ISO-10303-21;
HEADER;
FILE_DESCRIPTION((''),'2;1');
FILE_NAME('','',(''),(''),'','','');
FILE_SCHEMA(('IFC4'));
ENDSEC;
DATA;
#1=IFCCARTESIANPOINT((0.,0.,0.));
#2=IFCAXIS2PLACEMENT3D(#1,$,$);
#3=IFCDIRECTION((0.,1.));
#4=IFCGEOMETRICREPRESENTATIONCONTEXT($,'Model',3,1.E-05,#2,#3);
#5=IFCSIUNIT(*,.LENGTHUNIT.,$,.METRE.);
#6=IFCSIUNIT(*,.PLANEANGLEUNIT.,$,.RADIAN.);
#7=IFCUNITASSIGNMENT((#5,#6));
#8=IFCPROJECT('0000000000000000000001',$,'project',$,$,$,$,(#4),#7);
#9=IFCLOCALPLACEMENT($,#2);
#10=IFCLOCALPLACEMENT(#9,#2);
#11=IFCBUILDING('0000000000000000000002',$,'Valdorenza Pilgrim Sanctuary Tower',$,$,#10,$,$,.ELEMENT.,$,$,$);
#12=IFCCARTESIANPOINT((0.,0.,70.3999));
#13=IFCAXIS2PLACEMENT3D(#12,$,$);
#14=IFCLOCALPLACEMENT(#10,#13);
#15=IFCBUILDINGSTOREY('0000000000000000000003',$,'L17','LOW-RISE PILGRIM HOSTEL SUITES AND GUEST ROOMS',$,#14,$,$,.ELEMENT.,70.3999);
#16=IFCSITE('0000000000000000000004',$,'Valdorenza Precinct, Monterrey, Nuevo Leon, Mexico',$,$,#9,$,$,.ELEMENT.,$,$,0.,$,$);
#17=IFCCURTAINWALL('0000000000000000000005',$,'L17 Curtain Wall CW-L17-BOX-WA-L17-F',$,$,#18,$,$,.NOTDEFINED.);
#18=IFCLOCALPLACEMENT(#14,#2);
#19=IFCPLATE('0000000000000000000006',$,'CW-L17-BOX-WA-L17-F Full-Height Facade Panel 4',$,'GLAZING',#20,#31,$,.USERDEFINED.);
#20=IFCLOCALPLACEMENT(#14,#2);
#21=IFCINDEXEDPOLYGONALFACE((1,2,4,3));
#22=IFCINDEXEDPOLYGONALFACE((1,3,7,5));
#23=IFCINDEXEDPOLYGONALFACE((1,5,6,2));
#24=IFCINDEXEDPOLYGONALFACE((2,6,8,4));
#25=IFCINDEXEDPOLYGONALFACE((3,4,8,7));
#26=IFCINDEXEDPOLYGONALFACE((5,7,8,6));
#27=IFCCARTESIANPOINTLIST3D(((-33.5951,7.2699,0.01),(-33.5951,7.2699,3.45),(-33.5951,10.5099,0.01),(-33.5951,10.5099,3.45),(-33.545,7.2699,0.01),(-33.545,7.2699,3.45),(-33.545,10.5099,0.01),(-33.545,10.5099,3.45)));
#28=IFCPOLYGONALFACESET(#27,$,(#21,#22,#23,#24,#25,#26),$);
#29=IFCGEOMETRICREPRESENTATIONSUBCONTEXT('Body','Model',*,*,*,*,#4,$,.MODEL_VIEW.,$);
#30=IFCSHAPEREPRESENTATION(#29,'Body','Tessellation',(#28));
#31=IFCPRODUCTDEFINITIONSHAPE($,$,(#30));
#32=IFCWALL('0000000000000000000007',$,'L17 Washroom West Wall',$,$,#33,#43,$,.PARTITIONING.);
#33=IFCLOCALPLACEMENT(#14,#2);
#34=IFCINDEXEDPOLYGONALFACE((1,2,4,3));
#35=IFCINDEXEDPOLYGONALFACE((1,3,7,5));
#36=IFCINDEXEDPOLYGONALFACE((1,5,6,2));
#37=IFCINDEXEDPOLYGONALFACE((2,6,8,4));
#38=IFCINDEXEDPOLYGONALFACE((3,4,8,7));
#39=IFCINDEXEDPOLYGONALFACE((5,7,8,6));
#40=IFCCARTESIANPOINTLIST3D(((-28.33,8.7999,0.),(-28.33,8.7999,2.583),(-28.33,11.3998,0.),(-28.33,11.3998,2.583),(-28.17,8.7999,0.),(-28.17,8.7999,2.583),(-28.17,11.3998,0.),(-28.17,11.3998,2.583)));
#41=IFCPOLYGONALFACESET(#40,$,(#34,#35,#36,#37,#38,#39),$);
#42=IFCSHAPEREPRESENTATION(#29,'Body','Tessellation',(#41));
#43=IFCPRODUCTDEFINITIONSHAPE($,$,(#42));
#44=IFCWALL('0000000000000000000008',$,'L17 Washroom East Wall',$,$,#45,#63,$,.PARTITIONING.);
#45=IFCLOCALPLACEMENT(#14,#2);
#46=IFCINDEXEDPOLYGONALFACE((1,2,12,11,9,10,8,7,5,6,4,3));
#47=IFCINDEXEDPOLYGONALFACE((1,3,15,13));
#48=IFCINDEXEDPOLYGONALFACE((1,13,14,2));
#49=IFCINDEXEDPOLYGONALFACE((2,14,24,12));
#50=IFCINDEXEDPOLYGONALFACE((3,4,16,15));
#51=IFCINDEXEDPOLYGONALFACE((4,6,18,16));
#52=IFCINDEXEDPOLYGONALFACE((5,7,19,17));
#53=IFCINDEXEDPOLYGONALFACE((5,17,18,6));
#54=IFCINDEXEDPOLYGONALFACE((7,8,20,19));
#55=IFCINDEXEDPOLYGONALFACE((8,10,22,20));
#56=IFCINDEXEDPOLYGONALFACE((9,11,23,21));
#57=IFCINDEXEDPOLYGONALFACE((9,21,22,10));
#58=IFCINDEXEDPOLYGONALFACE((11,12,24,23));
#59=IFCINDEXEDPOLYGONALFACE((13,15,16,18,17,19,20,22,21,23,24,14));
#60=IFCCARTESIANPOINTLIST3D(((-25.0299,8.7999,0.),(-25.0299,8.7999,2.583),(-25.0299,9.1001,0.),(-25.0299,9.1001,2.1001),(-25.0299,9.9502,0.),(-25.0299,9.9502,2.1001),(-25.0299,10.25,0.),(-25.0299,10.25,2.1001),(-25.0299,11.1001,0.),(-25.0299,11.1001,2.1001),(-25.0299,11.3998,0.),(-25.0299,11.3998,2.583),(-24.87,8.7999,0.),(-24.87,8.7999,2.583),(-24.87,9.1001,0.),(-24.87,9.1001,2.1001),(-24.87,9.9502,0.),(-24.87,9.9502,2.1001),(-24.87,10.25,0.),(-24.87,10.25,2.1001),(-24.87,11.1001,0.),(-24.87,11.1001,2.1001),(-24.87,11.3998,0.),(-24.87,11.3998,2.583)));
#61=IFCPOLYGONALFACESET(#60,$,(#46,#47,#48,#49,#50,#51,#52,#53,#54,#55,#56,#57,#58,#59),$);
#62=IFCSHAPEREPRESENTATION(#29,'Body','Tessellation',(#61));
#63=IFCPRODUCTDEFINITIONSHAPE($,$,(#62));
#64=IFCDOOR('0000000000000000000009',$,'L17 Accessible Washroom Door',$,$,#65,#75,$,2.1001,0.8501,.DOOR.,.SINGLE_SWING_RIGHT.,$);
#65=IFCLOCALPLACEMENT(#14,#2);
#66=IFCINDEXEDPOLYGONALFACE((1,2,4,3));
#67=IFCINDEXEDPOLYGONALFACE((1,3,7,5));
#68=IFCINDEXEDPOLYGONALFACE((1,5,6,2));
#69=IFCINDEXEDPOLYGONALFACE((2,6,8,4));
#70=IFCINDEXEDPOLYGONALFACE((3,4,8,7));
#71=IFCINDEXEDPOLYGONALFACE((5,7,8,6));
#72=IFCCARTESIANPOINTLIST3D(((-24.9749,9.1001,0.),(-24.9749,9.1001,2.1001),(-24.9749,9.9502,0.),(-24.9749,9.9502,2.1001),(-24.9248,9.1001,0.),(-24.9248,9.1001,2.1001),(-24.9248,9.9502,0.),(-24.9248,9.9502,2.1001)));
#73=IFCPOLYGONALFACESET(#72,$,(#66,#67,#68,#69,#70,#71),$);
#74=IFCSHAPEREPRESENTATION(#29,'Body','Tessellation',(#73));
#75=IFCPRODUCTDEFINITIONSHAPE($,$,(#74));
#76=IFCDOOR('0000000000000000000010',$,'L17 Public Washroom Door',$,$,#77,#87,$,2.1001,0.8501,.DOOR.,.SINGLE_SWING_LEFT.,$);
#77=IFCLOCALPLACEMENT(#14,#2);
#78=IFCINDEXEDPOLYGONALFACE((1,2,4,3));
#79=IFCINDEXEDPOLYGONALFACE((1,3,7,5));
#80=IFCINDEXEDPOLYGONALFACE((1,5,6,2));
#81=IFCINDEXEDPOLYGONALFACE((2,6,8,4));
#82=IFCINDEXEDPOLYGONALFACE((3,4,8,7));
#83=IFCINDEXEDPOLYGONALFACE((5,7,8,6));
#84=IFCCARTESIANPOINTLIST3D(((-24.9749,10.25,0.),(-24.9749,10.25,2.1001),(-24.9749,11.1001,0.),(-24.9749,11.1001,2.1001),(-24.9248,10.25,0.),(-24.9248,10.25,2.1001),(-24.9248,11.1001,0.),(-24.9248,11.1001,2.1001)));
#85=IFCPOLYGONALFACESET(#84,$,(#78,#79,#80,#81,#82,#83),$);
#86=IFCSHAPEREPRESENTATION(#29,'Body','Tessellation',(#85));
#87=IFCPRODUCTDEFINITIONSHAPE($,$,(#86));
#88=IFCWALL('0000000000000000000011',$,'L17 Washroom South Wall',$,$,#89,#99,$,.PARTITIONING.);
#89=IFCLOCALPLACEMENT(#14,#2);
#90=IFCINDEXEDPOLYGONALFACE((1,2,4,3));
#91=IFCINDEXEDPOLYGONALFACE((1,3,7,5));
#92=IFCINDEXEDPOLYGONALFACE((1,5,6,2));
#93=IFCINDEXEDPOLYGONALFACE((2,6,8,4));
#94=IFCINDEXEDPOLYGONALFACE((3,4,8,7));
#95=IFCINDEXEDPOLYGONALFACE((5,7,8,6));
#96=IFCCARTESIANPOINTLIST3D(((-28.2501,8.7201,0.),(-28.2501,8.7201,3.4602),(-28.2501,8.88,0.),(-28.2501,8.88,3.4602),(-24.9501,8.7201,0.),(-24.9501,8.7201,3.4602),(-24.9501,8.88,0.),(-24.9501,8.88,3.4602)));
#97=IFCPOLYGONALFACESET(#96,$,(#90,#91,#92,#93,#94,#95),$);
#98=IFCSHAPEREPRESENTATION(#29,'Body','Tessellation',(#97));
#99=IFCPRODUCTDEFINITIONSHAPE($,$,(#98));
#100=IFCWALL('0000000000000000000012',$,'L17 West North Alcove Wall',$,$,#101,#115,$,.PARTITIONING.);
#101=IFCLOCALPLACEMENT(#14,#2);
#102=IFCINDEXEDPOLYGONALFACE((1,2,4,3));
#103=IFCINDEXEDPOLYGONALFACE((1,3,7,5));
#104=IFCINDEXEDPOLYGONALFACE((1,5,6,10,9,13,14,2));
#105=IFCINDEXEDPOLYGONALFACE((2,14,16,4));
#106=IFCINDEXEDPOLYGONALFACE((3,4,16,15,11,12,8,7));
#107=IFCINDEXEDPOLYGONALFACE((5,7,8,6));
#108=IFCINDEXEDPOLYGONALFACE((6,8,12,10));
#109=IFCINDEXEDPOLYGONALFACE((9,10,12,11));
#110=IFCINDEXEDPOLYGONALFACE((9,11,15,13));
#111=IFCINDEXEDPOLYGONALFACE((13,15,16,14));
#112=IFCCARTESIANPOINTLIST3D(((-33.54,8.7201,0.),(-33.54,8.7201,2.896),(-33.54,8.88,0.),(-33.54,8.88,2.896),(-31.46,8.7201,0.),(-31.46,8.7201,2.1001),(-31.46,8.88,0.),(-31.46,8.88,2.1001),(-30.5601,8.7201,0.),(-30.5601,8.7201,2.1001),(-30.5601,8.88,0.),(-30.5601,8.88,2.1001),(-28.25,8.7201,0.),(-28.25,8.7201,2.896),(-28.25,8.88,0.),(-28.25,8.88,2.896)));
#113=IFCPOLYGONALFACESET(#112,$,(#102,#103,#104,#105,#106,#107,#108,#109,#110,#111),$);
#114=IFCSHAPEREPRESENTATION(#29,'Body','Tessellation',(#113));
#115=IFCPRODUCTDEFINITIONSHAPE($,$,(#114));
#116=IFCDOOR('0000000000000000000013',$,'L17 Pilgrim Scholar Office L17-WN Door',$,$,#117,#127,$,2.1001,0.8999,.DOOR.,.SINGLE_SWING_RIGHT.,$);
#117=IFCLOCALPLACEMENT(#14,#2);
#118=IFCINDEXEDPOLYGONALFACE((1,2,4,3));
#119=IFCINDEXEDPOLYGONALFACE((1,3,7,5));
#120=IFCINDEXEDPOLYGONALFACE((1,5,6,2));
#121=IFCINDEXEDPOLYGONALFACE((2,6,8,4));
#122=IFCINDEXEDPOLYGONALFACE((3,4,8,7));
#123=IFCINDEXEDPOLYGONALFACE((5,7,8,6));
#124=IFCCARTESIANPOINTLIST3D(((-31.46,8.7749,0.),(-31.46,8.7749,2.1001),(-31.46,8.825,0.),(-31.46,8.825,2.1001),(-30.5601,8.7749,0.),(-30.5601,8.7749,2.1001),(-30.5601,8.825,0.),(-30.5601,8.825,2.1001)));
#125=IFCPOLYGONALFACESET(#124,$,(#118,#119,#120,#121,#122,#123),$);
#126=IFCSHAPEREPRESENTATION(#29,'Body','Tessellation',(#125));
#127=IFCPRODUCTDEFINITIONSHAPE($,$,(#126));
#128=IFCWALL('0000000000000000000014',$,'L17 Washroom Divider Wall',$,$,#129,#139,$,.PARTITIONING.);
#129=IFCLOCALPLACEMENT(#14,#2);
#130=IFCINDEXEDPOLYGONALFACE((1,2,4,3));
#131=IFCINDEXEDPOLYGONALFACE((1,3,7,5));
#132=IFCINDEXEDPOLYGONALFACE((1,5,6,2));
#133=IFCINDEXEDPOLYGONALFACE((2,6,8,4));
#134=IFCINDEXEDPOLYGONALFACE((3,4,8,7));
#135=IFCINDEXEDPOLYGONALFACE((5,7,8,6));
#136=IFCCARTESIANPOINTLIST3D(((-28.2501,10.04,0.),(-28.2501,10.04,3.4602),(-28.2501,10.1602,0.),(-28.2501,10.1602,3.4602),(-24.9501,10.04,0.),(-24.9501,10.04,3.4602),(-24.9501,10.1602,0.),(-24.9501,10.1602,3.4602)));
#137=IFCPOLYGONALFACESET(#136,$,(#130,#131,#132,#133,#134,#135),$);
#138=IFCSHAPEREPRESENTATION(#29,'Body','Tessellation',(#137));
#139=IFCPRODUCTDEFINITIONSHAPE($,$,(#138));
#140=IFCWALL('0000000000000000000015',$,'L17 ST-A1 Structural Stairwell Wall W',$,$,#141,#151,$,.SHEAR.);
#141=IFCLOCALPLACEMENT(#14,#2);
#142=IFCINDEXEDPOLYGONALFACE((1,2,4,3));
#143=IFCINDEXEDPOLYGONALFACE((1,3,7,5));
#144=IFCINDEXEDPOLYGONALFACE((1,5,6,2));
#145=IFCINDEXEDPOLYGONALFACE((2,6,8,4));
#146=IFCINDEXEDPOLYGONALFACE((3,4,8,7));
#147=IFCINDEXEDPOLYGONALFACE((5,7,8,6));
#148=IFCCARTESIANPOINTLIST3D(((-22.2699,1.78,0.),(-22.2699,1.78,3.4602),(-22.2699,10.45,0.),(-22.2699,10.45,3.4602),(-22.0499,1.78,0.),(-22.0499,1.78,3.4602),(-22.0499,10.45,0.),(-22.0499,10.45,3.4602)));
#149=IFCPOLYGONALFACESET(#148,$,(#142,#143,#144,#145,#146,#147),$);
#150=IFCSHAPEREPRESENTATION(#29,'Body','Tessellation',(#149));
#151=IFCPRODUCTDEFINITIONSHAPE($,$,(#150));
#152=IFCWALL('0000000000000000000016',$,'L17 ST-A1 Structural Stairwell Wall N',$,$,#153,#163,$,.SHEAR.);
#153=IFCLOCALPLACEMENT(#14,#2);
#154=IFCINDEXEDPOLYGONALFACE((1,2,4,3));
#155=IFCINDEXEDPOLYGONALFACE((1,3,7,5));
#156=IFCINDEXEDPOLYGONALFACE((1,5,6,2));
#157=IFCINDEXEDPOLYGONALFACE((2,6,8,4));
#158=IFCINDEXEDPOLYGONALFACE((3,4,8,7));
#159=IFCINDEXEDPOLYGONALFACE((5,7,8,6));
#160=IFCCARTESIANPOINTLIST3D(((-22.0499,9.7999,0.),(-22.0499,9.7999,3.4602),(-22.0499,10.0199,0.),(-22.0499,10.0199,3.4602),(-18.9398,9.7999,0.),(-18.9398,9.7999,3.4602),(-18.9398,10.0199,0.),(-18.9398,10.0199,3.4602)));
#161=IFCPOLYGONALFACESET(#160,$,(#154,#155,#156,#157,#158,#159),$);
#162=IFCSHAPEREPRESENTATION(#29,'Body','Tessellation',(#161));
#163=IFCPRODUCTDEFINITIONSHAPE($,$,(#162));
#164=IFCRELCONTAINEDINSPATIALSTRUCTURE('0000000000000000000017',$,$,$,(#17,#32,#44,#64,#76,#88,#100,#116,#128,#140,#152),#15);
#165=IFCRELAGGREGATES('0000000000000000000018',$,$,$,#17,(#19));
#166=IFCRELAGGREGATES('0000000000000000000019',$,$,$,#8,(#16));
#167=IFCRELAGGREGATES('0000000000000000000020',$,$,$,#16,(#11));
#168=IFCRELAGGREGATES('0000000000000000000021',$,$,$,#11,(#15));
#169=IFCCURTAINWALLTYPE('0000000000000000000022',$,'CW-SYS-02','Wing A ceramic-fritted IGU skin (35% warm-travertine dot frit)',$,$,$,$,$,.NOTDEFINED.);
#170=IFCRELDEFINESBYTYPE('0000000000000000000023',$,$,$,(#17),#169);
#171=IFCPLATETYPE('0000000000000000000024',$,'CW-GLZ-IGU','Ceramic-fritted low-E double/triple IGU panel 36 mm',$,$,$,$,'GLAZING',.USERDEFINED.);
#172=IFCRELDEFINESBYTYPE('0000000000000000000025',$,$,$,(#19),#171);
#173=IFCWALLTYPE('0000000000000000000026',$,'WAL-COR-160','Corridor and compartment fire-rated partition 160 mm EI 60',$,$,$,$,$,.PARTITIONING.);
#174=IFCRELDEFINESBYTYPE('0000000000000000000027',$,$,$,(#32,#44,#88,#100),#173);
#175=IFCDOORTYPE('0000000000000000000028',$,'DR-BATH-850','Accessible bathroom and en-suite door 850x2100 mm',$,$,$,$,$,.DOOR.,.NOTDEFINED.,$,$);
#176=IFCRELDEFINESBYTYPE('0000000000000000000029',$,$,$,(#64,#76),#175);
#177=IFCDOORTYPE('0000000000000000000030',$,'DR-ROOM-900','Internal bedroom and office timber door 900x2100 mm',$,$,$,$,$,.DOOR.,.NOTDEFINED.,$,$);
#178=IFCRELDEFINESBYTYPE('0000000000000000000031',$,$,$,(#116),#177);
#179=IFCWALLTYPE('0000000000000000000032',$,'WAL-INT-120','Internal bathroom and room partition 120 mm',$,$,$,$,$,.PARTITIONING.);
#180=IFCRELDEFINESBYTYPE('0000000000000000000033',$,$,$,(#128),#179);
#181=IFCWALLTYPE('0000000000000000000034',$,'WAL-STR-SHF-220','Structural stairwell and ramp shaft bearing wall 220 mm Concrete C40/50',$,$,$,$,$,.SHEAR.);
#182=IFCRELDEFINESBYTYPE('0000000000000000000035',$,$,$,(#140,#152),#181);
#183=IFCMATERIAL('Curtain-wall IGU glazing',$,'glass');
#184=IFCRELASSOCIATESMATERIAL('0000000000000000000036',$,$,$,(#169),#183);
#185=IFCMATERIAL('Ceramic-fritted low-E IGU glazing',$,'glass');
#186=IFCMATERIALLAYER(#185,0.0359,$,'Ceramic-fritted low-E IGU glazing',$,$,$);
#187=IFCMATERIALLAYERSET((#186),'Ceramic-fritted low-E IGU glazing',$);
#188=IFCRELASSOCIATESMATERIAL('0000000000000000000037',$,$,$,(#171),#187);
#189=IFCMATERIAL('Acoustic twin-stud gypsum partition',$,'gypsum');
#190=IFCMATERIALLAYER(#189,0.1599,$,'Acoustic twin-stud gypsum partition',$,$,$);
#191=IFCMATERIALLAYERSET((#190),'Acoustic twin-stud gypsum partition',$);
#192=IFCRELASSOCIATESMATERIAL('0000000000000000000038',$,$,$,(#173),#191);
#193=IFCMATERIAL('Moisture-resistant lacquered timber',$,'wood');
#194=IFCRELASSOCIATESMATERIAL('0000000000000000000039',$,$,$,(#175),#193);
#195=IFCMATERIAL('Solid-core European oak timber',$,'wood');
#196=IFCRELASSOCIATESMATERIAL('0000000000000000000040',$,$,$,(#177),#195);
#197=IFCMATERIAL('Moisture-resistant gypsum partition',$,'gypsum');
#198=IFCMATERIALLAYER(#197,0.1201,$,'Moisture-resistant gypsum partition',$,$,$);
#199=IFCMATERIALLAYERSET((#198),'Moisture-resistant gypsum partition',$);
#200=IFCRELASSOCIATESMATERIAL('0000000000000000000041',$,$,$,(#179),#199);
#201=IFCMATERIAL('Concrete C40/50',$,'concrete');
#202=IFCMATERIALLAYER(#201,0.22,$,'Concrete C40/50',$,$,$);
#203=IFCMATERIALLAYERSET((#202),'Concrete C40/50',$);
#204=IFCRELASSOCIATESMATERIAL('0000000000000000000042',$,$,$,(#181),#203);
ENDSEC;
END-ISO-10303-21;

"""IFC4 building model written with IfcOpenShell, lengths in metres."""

from ifc_helpers import new_model, si_unit, direction, frame, frame_2d, origin, origin_2d, place, context, subcontext, project, spatial, rectangle, extrude, source, transform, mapped, material, layer, layer_set, type_object, element, fill, aggregate, save


model = new_model("IFC4")

# Units and contexts
model_context = context("Model", 3, precision=1e-05, world=origin(), true_north=direction((0.0, 1.0)))
body_context = subcontext(model_context, "Body", "Model", "MODEL_VIEW")
ifc_project = project(units=[si_unit("LENGTHUNIT", "METRE"), si_unit("PLANEANGLEUNIT", "RADIAN")], contexts=[model_context])

# Site, building, storey
site_placement = place(None, origin())
site = spatial("IfcSite", under=ifc_project, at=site_placement, Name="Valdorenza Precinct, Monterrey, Nuevo Leon, Mexico", CompositionType="ELEMENT", RefElevation=0.0)
building_placement = place(site_placement, origin())
building = spatial("IfcBuilding", under=site, at=building_placement, Name="Valdorenza Pilgrim Sanctuary Tower", CompositionType="ELEMENT")
storey_placement = place(building_placement, frame((0.0, 0.0, 70.3999)))
storey = spatial("IfcBuildingStorey", under=building, at=storey_placement, Name="L17", Description="LOW-RISE PILGRIM HOSTEL SUITES AND GUEST ROOMS", CompositionType="ELEMENT", Elevation=70.3999)

# Shared definitions
ifc_material_1 = material(Name="Curtain-wall IGU glazing", Category="glass")
curtain_wall_type = type_object("IfcCurtainWallType", Name="CW-SYS-02", Description="Wing A ceramic-fritted IGU skin (35% warm-travertine dot frit)", PredefinedType="NOTDEFINED", material=ifc_material_1)

# Curtain wall
curtain_wall_1_placement = place(storey_placement, origin())
curtain_wall_1 = element("IfcCurtainWall", 1, at=curtain_wall_1_placement, inside=storey, type_object=curtain_wall_type, Name="L17 Curtain Wall CW-L17-BOX-WA-L17-F", PredefinedType="NOTDEFINED")

# Plate
ifc_material_2 = material(Name="Ceramic-fritted low-E IGU glazing", Category="glass")
ifc_layer_1 = layer(ifc_material_2, 0.0359, Name="Ceramic-fritted low-E IGU glazing")
ifc_layer_set_1 = layer_set([ifc_layer_1], Name="Ceramic-fritted low-E IGU glazing")
plate_type_1 = type_object("IfcPlateType", Name="CW-GLZ-IGU", Description="Ceramic-fritted low-E double/triple IGU panel 36 mm", ElementType="GLAZING", PredefinedType="USERDEFINED", material=ifc_layer_set_1)
shared_shape_1 = source(origin(), body_context, "Body", "SweptSolid", [
    extrude(rectangle(XDim=3.24, YDim=0.05, at=origin_2d()), origin(), (0.0, 0.0, 1.0), 3.4399),
])
plate_1_placement = place(storey_placement, frame((-33.5701, 8.8899, 0.01), z_axis=(0.0, 0.0, 1.0), x_axis=(0.0, 1.0, 0.0)))
plate_1 = element("IfcPlate", 2, at=plate_1_placement, type_object=plate_type_1, Name="CW-L17-BOX-WA-L17-F Full-Height Facade Panel 4", ObjectType="GLAZING", PredefinedType="USERDEFINED", context=body_context, shape_type="MappedRepresentation", body=[
    mapped(shared_shape_1, transform((0.0, 0.0, 0.0), x_axis=(1.0, 0.0, 0.0), y_axis=(0.0, 1.0, 0.0), z_axis=(0.0, 0.0, 1.0), scale=1.0)),
])
aggregate(curtain_wall_1, [plate_1])

# Wall
ifc_material_3 = material(Name="Acoustic twin-stud gypsum partition", Category="gypsum")
ifc_layer_2 = layer(ifc_material_3, 0.1599, Name="Acoustic twin-stud gypsum partition")
ifc_layer_set_2 = layer_set([ifc_layer_2], Name="Acoustic twin-stud gypsum partition")
wall_type_1 = type_object("IfcWallType", Name="WAL-COR-160", Description="Corridor and compartment fire-rated partition 160 mm EI 60", PredefinedType="PARTITIONING", material=ifc_layer_set_2)
wall_1_placement = place(storey_placement, frame((-28.25, 8.8, 0.0), z_axis=(0.0, 0.0, 1.0), x_axis=(0.0, 1.0, 0.0)))
element("IfcWall", 3, at=wall_1_placement, inside=storey, type_object=wall_type_1, Name="L17 Washroom West Wall", PredefinedType="PARTITIONING", context=body_context, shape_type="SweptSolid", body=[
    extrude(rectangle(XDim=2.5999, YDim=0.1599, at=frame_2d((1.2998, 0.0))), origin(), (0.0, 0.0, 1.0), 2.583),
])

# Wall, openings, doors
wall_2_placement = place(storey_placement, frame((-24.95, 8.8, 0.0), z_axis=(0.0, 0.0, 1.0), x_axis=(0.0, 1.0, 0.0)))
wall_2 = element("IfcWall", 4, at=wall_2_placement, inside=storey, type_object=wall_type_1, Name="L17 Washroom East Wall", PredefinedType="PARTITIONING", context=body_context, shape_type="SweptSolid", body=[
    extrude(rectangle(XDim=2.5999, YDim=0.1599, at=frame_2d((1.2998, 0.0))), origin(), (0.0, 0.0, 1.0), 2.583),
])
opening_1_placement = place(wall_2_placement, frame((0.3, 0.0, 0.0)))
opening_1 = element("IfcOpeningElement", 5, at=opening_1_placement, cuts=wall_2, PredefinedType="OPENING", context=body_context, shape_type="SweptSolid", body=[
    extrude(rectangle(XDim=0.8501, YDim=2.1001, at=frame_2d((0.425, 1.05))), frame((0.0, 0.0947, 0.0), z_axis=(0.0, -1.0, 0.0), x_axis=(1.0, 0.0, 0.0)), (0.0, 0.0, 1.0), 0.1897),
])
opening_2_placement = place(wall_2_placement, frame((1.45, 0.0, 0.0)))
opening_2 = element("IfcOpeningElement", 6, at=opening_2_placement, cuts=wall_2, PredefinedType="OPENING", context=body_context, shape_type="SweptSolid", body=[
    extrude(rectangle(XDim=0.8501, YDim=2.1001, at=frame_2d((0.425, 1.05))), frame((0.0, 0.0947, 0.0), z_axis=(0.0, -1.0, 0.0), x_axis=(1.0, 0.0, 0.0)), (0.0, 0.0, 1.0), 0.1897),
])
ifc_material_4 = material(Name="Moisture-resistant lacquered timber", Category="wood")
door_type_1 = type_object("IfcDoorType", Name="DR-BATH-850", Description="Accessible bathroom and en-suite door 850x2100 mm", OperationType="NOTDEFINED", PredefinedType="DOOR", material=ifc_material_4)
door_1_placement = place(opening_1_placement, origin())
door_1 = element("IfcDoor", 7, at=door_1_placement, inside=storey, type_object=door_type_1, Name="L17 Accessible Washroom Door", OperationType="SINGLE_SWING_RIGHT", OverallHeight=2.1001, OverallWidth=0.8501, PredefinedType="DOOR", context=body_context, shape_type="SweptSolid", body=[
    extrude(rectangle(XDim=0.8501, YDim=2.1001, at=frame_2d((0.425, 1.05))), frame((0.0, 0.0249, 0.0), z_axis=(0.0, -1.0, 0.0), x_axis=(1.0, 0.0, 0.0)), (0.0, 0.0, 1.0), 0.05),
])
fill(opening_1, door_1)
door_2_placement = place(opening_2_placement, origin())
door_2 = element("IfcDoor", 8, at=door_2_placement, inside=storey, type_object=door_type_1, Name="L17 Public Washroom Door", OperationType="SINGLE_SWING_LEFT", OverallHeight=2.1001, OverallWidth=0.8501, PredefinedType="DOOR", context=body_context, shape_type="SweptSolid", body=[
    extrude(rectangle(XDim=0.8501, YDim=2.1001, at=frame_2d((0.425, 1.05))), frame((0.0, 0.0249, 0.0), z_axis=(0.0, -1.0, 0.0), x_axis=(1.0, 0.0, 0.0)), (0.0, 0.0, 1.0), 0.05),
])
fill(opening_2, door_2)

# Wall
wall_3_placement = place(storey_placement, frame((-28.25, 8.8, 0.0), z_axis=(0.0, 0.0, 1.0), x_axis=(1.0, 0.0, 0.0)))
element("IfcWall", 9, at=wall_3_placement, inside=storey, type_object=wall_type_1, Name="L17 Washroom South Wall", PredefinedType="PARTITIONING", context=body_context, shape_type="SweptSolid", body=[
    extrude(rectangle(XDim=3.3, YDim=0.1599, at=frame_2d((1.6499, 0.0))), origin(), (0.0, 0.0, 1.0), 3.4602),
])

# Wall, opening, door
wall_4_placement = place(storey_placement, frame((-33.54, 8.8, 0.0), z_axis=(0.0, 0.0, 1.0), x_axis=(1.0, 0.0, 0.0)))
wall_4 = element("IfcWall", 10, at=wall_4_placement, inside=storey, type_object=wall_type_1, Name="L17 West North Alcove Wall", PredefinedType="PARTITIONING", context=body_context, shape_type="SweptSolid", body=[
    extrude(rectangle(XDim=5.29, YDim=0.1599, at=frame_2d((2.645, 0.0))), origin(), (0.0, 0.0, 1.0), 2.896),
])
opening_3_placement = place(wall_4_placement, frame((2.0801, 0.0, 0.0)))
opening_3 = element("IfcOpeningElement", 11, at=opening_3_placement, cuts=wall_4, PredefinedType="OPENING", context=body_context, shape_type="SweptSolid", body=[
    extrude(rectangle(XDim=0.8999, YDim=2.1001, at=frame_2d((0.45, 1.05))), frame((0.0, 0.0947, 0.0), z_axis=(0.0, -1.0, 0.0), x_axis=(1.0, 0.0, 0.0)), (0.0, 0.0, 1.0), 0.1897),
])
ifc_material_5 = material(Name="Solid-core European oak timber", Category="wood")
door_type_2 = type_object("IfcDoorType", Name="DR-ROOM-900", Description="Internal bedroom and office timber door 900x2100 mm", OperationType="NOTDEFINED", PredefinedType="DOOR", material=ifc_material_5)
door_3_placement = place(opening_3_placement, origin())
door_3 = element("IfcDoor", 12, at=door_3_placement, inside=storey, type_object=door_type_2, Name="L17 Pilgrim Scholar Office L17-WN Door", OperationType="SINGLE_SWING_RIGHT", OverallHeight=2.1001, OverallWidth=0.8999, PredefinedType="DOOR", context=body_context, shape_type="SweptSolid", body=[
    extrude(rectangle(XDim=0.8999, YDim=2.1001, at=frame_2d((0.45, 1.05))), frame((0.0, 0.0249, 0.0), z_axis=(0.0, -1.0, 0.0), x_axis=(1.0, 0.0, 0.0)), (0.0, 0.0, 1.0), 0.05),
])
fill(opening_3, door_3)

# Walls
ifc_material_6 = material(Name="Moisture-resistant gypsum partition", Category="gypsum")
ifc_layer_3 = layer(ifc_material_6, 0.1201, Name="Moisture-resistant gypsum partition")
ifc_layer_set_3 = layer_set([ifc_layer_3], Name="Moisture-resistant gypsum partition")
wall_type_2 = type_object("IfcWallType", Name="WAL-INT-120", Description="Internal bathroom and room partition 120 mm", PredefinedType="PARTITIONING", material=ifc_layer_set_3)
wall_5_placement = place(storey_placement, frame((-28.25, 10.1001, 0.0), z_axis=(0.0, 0.0, 1.0), x_axis=(1.0, 0.0, 0.0)))
element("IfcWall", 13, at=wall_5_placement, inside=storey, type_object=wall_type_2, Name="L17 Washroom Divider Wall", PredefinedType="PARTITIONING", context=body_context, shape_type="SweptSolid", body=[
    extrude(rectangle(XDim=3.3, YDim=0.1201, at=frame_2d((1.6499, 0.0))), origin(), (0.0, 0.0, 1.0), 3.4602),
])
ifc_material_7 = material(Name="Concrete C40/50", Category="concrete")
ifc_layer_4 = layer(ifc_material_7, 0.22, Name="Concrete C40/50")
ifc_layer_set_4 = layer_set([ifc_layer_4], Name="Concrete C40/50")
wall_type_3 = type_object("IfcWallType", Name="WAL-STR-SHF-220", Description="Structural stairwell and ramp shaft bearing wall 220 mm Concrete C40/50", PredefinedType="SHEAR", material=ifc_layer_set_4)
wall_6_placement = place(storey_placement, frame((-22.1599, 1.78, 0.0), z_axis=(0.0, 0.0, 1.0), x_axis=(0.0, 1.0, 0.0)))
element("IfcWall", 14, at=wall_6_placement, inside=storey, type_object=wall_type_3, Name="L17 ST-A1 Structural Stairwell Wall W", PredefinedType="SHEAR", context=body_context, shape_type="SweptSolid", body=[
    extrude(rectangle(XDim=8.6699, YDim=0.22, at=frame_2d((4.335, 0.0))), origin(), (0.0, 0.0, 1.0), 3.4602),
])

# Wall
wall_7_placement = place(storey_placement, frame((-22.05, 9.9099, 0.0), z_axis=(0.0, 0.0, 1.0), x_axis=(1.0, 0.0, 0.0)))
element("IfcWall", 15, at=wall_7_placement, inside=storey, type_object=wall_type_3, Name="L17 ST-A1 Structural Stairwell Wall N", PredefinedType="SHEAR", context=body_context, shape_type="SweptSolid", body=[
    extrude(rectangle(XDim=3.1101, YDim=0.22, at=frame_2d((1.5552, 0.0))), origin(), (0.0, 0.0, 1.0), 3.4602),
])

save(model, "model.ifc")
